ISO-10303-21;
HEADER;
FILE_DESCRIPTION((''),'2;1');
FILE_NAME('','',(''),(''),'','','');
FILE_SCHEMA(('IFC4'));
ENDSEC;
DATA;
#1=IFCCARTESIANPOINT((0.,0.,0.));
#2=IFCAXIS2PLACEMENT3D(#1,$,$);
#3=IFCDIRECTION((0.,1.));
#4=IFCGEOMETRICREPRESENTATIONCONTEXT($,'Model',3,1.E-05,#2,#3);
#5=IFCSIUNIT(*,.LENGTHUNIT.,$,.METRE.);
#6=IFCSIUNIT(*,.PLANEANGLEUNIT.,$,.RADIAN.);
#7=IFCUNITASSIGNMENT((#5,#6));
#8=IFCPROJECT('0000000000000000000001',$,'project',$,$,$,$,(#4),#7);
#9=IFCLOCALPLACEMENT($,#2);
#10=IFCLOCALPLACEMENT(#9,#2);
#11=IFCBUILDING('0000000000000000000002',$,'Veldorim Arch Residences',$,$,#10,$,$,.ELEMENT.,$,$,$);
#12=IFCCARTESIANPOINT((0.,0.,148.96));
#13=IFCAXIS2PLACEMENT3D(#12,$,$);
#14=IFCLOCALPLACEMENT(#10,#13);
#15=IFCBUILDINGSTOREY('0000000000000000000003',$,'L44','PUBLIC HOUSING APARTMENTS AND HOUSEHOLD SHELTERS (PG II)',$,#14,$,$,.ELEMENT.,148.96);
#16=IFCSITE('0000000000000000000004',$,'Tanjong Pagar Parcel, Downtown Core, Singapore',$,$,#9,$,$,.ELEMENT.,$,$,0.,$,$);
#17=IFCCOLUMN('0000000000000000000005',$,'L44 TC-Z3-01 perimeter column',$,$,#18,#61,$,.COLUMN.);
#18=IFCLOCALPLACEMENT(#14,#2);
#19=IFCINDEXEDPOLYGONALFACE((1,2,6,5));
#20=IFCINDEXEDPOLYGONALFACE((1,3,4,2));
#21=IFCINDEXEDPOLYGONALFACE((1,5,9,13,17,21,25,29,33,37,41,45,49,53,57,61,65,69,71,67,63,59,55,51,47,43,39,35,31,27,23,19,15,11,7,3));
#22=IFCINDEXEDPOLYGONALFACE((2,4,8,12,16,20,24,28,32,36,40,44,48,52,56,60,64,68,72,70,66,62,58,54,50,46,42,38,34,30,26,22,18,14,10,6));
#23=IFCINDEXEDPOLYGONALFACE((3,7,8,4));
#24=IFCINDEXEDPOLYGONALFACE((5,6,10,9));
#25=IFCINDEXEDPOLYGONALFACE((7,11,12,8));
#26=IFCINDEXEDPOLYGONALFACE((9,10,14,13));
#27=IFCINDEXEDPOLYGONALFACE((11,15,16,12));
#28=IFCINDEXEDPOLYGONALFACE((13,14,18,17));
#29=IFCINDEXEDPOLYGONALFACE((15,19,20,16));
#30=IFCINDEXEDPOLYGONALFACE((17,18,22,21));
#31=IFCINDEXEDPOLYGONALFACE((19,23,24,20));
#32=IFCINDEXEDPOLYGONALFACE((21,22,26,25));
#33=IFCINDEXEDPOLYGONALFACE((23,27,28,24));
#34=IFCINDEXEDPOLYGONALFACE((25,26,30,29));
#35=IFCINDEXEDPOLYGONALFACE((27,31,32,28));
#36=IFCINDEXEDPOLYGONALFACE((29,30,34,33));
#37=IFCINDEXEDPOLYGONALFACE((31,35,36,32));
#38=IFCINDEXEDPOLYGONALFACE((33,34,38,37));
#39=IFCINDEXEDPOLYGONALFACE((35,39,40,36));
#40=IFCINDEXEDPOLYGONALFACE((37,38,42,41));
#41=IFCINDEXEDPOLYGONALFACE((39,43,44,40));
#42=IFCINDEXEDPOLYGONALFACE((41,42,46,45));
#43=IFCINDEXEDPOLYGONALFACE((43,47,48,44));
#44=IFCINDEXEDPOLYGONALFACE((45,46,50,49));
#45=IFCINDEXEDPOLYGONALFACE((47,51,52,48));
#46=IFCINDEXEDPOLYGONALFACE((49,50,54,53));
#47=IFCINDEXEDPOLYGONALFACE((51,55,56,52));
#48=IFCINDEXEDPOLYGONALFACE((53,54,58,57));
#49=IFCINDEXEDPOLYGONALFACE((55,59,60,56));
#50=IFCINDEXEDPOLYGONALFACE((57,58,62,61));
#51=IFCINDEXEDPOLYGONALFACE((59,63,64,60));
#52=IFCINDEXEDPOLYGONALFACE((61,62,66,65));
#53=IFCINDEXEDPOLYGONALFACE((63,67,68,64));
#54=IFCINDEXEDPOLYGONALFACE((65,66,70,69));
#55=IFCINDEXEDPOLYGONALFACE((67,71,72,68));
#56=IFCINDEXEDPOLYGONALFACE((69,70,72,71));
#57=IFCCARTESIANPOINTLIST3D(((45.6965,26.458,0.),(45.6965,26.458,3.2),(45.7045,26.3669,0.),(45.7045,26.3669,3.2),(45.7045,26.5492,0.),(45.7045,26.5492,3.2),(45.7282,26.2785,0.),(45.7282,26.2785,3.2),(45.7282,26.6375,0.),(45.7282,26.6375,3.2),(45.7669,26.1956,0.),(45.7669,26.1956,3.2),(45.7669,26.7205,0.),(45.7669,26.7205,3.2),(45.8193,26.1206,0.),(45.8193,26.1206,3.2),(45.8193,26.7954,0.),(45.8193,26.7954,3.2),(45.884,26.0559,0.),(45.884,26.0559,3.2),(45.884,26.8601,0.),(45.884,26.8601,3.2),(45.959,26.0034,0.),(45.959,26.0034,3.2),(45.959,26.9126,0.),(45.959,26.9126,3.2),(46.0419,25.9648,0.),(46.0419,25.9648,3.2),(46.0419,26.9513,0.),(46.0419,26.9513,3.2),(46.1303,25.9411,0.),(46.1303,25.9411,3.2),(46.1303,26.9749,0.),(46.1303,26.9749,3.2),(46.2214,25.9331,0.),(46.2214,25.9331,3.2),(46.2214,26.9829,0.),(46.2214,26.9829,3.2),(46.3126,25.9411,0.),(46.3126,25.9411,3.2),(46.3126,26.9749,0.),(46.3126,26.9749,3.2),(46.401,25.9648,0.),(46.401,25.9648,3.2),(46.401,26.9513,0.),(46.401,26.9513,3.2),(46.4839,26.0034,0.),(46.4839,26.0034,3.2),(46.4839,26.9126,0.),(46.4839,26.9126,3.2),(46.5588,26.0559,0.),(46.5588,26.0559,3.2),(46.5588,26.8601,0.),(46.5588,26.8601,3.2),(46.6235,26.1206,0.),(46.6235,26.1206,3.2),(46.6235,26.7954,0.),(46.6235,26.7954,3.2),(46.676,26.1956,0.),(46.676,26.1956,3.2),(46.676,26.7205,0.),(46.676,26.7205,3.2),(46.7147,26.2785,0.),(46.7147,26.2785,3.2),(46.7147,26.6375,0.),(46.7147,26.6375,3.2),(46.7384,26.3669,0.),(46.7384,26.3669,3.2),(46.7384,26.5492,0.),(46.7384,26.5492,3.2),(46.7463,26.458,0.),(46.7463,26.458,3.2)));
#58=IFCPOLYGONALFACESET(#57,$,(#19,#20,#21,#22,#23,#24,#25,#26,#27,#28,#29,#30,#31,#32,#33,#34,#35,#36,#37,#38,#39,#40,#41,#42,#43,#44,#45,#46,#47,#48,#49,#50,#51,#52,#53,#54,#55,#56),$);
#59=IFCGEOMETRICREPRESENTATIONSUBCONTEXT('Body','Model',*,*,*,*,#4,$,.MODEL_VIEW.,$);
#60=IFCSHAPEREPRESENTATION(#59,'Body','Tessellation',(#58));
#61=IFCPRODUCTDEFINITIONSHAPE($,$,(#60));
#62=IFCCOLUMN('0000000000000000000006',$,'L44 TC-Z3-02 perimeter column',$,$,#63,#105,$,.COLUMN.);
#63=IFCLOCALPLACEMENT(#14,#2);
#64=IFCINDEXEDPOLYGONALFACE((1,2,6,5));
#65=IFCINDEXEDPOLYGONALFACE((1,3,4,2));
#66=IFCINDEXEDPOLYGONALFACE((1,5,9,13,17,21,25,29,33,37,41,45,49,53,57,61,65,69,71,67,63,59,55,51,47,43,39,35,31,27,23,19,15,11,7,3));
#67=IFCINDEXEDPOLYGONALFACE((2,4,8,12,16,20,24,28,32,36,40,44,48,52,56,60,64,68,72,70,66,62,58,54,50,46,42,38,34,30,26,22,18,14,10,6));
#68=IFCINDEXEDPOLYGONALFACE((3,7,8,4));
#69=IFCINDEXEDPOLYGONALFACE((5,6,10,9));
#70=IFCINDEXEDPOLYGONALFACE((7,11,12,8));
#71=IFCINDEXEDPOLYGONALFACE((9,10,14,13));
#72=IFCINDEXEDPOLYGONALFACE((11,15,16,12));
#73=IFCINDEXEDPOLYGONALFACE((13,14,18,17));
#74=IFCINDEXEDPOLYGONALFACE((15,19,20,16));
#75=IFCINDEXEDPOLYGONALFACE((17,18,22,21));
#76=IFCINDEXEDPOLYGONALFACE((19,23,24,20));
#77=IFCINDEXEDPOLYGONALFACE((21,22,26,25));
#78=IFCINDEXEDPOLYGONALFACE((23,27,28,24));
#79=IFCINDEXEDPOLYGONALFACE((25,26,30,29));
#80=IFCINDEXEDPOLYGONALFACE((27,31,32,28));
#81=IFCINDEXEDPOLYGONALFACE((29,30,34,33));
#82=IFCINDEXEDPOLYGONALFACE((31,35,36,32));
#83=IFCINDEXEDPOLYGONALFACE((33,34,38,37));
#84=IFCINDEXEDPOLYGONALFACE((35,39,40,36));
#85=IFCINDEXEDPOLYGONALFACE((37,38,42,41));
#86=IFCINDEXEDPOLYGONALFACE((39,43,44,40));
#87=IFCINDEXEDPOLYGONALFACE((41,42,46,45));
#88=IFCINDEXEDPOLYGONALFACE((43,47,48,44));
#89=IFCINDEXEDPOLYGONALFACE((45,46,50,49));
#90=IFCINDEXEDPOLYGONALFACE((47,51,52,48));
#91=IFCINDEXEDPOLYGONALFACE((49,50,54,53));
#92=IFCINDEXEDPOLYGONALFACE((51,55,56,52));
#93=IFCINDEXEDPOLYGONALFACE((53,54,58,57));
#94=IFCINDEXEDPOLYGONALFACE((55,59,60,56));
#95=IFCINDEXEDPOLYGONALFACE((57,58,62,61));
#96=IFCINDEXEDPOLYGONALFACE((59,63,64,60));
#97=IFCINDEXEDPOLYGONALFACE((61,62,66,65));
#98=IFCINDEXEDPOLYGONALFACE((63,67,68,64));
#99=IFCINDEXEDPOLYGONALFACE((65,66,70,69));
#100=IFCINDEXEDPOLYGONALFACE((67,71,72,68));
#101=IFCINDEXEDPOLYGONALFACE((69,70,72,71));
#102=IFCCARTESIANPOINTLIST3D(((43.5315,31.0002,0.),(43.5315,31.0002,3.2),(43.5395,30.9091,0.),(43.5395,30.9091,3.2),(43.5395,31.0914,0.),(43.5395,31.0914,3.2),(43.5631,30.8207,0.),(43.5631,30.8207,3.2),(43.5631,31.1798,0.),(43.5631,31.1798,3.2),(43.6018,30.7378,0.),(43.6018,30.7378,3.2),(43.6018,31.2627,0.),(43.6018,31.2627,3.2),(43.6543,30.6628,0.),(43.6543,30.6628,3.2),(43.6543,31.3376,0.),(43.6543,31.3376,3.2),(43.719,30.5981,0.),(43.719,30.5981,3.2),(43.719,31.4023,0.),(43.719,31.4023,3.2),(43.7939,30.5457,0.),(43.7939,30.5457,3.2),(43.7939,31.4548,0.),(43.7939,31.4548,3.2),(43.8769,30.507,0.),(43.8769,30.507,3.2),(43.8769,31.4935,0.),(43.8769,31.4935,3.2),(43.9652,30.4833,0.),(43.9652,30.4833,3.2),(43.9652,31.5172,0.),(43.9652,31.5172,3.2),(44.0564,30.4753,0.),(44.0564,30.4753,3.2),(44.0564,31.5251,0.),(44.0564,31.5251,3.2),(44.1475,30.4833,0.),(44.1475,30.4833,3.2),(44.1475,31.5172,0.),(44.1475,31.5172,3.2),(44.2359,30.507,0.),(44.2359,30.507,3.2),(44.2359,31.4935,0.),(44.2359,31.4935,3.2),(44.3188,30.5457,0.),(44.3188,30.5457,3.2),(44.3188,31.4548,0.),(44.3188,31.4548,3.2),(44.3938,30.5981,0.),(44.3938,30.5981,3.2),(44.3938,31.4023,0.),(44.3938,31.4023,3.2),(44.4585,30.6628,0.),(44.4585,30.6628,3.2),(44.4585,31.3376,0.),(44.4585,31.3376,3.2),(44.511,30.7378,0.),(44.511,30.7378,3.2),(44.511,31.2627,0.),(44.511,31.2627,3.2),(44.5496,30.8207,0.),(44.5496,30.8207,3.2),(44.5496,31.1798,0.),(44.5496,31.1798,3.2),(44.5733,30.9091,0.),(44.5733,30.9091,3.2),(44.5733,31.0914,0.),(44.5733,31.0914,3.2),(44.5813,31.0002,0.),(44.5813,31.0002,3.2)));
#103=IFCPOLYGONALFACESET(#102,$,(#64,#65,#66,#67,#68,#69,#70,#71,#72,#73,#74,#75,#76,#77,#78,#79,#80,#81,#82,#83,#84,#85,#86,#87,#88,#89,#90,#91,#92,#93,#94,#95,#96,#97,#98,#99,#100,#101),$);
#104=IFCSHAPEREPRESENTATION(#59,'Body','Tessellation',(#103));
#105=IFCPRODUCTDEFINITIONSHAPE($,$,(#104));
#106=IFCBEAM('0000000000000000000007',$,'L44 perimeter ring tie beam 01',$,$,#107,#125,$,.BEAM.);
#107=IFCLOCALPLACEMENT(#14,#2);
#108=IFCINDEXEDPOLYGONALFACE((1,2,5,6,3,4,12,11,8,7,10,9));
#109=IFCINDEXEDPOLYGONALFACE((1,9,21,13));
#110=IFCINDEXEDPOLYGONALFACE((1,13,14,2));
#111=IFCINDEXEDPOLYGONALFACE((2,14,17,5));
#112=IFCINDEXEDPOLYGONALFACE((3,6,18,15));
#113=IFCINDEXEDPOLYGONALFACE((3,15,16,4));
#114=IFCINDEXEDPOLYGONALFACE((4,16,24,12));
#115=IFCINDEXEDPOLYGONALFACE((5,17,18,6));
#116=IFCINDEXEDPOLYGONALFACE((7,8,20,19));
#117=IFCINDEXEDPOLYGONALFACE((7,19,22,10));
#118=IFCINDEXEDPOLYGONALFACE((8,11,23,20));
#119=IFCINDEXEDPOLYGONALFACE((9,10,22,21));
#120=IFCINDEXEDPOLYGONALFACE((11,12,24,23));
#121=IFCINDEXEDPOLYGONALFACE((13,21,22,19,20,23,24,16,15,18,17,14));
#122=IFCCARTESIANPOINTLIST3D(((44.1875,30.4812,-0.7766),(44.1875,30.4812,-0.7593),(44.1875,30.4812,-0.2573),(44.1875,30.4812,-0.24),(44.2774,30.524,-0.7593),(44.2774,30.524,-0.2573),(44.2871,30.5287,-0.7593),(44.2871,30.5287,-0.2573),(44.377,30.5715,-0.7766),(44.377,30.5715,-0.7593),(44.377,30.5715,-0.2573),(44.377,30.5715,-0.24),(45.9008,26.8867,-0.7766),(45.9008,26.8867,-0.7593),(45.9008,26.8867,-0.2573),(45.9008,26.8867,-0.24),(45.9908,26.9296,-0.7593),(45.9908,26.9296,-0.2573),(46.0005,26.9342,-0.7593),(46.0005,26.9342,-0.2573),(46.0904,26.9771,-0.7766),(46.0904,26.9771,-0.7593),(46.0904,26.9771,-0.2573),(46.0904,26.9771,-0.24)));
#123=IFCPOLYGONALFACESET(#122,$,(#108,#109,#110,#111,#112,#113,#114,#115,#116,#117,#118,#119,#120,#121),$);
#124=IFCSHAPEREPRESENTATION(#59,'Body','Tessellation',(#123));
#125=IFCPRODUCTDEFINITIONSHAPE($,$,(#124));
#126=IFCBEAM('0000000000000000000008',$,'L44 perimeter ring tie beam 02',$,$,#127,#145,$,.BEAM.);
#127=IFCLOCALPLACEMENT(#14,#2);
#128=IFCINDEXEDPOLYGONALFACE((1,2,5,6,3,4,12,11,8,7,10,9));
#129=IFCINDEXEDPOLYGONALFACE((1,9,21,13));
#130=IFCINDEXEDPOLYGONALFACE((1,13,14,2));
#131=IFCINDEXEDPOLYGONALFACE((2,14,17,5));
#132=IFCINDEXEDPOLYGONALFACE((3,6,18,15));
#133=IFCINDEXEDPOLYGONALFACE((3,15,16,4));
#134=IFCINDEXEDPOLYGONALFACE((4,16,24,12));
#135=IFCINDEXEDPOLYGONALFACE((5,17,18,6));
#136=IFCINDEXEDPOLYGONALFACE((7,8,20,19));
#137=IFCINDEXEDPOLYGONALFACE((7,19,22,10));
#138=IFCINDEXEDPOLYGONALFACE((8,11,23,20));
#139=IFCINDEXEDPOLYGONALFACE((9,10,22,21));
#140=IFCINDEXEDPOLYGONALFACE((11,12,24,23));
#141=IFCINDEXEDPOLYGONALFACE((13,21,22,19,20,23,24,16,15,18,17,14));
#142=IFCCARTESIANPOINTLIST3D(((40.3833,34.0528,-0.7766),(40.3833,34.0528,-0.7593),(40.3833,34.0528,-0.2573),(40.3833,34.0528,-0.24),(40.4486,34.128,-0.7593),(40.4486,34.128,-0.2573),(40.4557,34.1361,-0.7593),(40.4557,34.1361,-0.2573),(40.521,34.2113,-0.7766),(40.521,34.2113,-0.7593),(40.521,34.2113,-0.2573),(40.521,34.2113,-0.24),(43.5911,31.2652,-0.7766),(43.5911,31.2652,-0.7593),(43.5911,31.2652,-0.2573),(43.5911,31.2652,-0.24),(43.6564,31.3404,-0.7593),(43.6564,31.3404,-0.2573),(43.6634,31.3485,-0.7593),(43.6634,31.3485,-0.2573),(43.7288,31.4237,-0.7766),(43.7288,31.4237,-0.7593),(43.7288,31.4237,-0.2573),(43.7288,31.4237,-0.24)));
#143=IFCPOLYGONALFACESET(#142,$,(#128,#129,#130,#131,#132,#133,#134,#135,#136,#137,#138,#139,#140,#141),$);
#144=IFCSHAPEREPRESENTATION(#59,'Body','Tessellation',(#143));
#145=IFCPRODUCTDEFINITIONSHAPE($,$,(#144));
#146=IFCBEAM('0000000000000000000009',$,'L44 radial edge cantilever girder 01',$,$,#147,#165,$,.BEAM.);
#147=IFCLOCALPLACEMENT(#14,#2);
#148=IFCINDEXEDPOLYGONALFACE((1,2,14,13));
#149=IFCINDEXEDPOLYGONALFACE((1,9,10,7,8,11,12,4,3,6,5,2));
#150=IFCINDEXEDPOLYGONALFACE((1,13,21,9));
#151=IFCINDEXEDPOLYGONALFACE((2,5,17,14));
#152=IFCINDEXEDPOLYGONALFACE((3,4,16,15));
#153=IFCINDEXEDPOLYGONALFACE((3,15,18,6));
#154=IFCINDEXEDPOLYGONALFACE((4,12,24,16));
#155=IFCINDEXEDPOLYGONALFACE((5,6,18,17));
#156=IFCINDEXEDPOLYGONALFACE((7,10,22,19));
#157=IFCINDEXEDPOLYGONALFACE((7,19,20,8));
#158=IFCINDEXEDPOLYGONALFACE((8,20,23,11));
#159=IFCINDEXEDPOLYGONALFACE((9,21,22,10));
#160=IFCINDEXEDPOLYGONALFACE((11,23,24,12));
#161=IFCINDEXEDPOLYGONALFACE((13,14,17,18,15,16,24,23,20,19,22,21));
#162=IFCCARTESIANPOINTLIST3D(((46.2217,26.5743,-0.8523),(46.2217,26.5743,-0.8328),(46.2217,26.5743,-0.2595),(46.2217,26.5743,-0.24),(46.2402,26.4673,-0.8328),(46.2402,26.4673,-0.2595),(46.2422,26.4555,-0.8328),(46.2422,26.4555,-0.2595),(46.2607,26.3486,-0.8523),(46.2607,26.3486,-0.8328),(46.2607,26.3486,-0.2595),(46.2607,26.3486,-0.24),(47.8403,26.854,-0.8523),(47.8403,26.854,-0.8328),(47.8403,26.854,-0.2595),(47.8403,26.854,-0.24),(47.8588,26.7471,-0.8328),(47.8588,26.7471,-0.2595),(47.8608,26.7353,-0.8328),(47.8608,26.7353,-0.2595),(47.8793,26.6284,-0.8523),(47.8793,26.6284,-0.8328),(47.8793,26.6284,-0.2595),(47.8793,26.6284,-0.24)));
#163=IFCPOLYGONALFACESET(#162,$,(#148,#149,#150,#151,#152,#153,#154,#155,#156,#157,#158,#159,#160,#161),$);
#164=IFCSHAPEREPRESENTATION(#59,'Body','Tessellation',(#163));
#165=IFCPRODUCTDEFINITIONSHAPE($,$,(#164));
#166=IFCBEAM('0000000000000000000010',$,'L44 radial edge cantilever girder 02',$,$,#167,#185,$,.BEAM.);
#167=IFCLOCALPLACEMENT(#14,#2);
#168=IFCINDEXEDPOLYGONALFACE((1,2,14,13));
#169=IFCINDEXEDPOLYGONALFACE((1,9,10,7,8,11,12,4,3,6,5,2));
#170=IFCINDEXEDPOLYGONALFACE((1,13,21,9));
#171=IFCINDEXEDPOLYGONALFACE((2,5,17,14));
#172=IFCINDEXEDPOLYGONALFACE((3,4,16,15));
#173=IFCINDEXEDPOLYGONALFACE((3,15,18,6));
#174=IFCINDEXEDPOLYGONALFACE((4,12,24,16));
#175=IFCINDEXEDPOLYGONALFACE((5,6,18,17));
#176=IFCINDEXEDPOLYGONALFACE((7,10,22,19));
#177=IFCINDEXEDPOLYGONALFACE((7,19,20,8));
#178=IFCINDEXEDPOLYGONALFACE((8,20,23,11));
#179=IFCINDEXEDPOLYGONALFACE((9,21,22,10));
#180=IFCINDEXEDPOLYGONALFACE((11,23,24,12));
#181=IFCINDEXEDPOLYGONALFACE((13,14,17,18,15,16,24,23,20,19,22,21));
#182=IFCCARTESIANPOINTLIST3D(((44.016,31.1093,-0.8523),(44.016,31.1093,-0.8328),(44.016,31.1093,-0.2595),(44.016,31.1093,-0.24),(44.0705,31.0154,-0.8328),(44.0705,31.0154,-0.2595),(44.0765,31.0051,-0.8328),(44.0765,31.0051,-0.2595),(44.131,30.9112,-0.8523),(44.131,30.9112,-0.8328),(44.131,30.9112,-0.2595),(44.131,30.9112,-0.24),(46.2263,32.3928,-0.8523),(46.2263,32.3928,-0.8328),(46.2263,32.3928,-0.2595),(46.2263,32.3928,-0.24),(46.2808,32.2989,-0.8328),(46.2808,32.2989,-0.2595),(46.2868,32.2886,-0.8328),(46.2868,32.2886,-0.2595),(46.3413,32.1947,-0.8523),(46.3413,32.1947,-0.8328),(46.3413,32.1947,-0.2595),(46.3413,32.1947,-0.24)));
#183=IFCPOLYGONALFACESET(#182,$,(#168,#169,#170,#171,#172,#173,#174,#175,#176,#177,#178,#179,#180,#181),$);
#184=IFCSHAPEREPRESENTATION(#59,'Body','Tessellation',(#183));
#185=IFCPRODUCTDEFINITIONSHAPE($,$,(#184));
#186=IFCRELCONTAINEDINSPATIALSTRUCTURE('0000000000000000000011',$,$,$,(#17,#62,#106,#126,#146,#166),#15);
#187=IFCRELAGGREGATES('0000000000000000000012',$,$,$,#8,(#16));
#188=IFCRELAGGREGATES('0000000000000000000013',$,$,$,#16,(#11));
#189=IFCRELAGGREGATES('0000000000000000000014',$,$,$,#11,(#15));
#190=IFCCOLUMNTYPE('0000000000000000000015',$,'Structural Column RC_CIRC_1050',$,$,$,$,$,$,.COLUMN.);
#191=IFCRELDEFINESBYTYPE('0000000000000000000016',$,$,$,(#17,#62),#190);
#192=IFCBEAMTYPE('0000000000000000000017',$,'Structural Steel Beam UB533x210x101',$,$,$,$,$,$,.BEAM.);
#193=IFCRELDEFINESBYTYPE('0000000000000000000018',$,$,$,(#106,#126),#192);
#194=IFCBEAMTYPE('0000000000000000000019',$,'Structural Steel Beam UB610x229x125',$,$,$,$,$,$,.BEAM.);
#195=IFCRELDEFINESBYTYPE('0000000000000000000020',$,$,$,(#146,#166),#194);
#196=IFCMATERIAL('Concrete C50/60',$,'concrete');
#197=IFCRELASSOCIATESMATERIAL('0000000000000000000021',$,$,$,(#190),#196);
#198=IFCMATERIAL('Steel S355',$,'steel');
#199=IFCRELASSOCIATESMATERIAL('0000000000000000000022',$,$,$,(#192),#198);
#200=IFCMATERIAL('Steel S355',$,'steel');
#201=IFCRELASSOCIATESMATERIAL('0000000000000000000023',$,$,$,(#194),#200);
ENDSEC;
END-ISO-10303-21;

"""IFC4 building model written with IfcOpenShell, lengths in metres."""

from ifc_helpers import new_model, si_unit, direction, frame, origin, origin_2d, place, context, subcontext, project, spatial, circle, i_section, extrude, material, material_profile, profile_set, type_object, element, save


model = new_model("IFC4")

# Units and contexts
model_context = context("Model", 3, precision=1e-05, world=origin(), true_north=direction((0.0, 1.0)))
body_context = subcontext(model_context, "Body", "Model", "MODEL_VIEW")
ifc_project = project(units=[si_unit("LENGTHUNIT", "METRE"), si_unit("PLANEANGLEUNIT", "RADIAN")], contexts=[model_context])

# Site, building, storey
site_placement = place(None, origin())
site = spatial("IfcSite", under=ifc_project, at=site_placement, Name="Tanjong Pagar Parcel, Downtown Core, Singapore", CompositionType="ELEMENT", RefElevation=0.0)
building_placement = place(site_placement, origin())
building = spatial("IfcBuilding", under=site, at=building_placement, Name="Veldorim Arch Residences", CompositionType="ELEMENT")
storey_placement = place(building_placement, frame((0.0, 0.0, 148.96)))
storey = spatial("IfcBuildingStorey", under=building, at=storey_placement, Name="L44", Description="PUBLIC HOUSING APARTMENTS AND HOUSEHOLD SHELTERS (PG II)", CompositionType="ELEMENT", Elevation=148.96)

# Columns
ifc_material_1 = material(Name="Concrete C50/60", Category="concrete")
ifc_material_profile_1 = material_profile(ifc_material_1, circle(Radius=0.5249, at=origin_2d()), Name="RC_CIRC_1050")
ifc_profile_set_1 = profile_set([ifc_material_profile_1], Name="Concrete C50/60")
column_type = type_object("IfcColumnType", Name="Structural Column RC_CIRC_1050", PredefinedType="COLUMN", material=ifc_profile_set_1)
for number, where, z_axis, x_axis, name in (
    (1, (46.2214, 26.458, 0.0), (0.0, 0.0, 1.0), (1.0, 0.0, 0.0), "L44 TC-Z3-01 perimeter column"),
    (2, (44.0564, 31.0002, 0.0), (0.0, 0.0, 1.0), (1.0, 0.0, 0.0), "L44 TC-Z3-02 perimeter column"),
):
    element("IfcColumn", number, at=place(storey_placement, frame(where, z_axis=z_axis, x_axis=x_axis)), inside=storey, type_object=column_type, Name=name, PredefinedType="COLUMN", context=body_context, shape_type="SweptSolid", body=[
        extrude(circle(Radius=0.5249, at=origin_2d()), origin(), (0.0, 0.0, 1.0), 3.2),
    ])

# Beams
ifc_material_2 = material(Name="Steel S355", Category="steel")
ifc_material_profile_2 = material_profile(ifc_material_2, i_section(OverallWidth=0.21, OverallDepth=0.5366, WebThickness=0.0107, FlangeThickness=0.0173, at=origin_2d()), Name="UB533x210x101")
ifc_profile_set_2 = profile_set([ifc_material_profile_2], Name="Steel S355")
beam_type_1 = type_object("IfcBeamType", Name="Structural Steel Beam UB533x210x101", PredefinedType="BEAM", material=ifc_profile_set_2)
beam_1_placement = place(storey_placement, frame((45.9956, 26.9319, -0.5083), z_axis=(-0.430286, 0.902693, 0.0), x_axis=(-0.902693, -0.430286, 0.0)))
element("IfcBeam", 3, at=beam_1_placement, inside=storey, type_object=beam_type_1, Name="L44 perimeter ring tie beam 01", PredefinedType="BEAM", context=body_context, shape_type="SweptSolid", body=[
    extrude(i_section(OverallWidth=0.21, OverallDepth=0.5366, WebThickness=0.0107, FlangeThickness=0.0173, at=origin_2d()), origin(), (0.0, 0.0, 1.0), 3.9819),
])
beam_2_placement = place(storey_placement, frame((43.6599, 31.3445, -0.5083), z_axis=(-0.754811, 0.655943, 0.0), x_axis=(-0.655943, -0.754811, 0.0)))
element("IfcBeam", 4, at=beam_2_placement, inside=storey, type_object=beam_type_1, Name="L44 perimeter ring tie beam 02", PredefinedType="BEAM", context=body_context, shape_type="SweptSolid", body=[
    extrude(i_section(OverallWidth=0.21, OverallDepth=0.5366, WebThickness=0.0107, FlangeThickness=0.0173, at=origin_2d()), origin(), (0.0, 0.0, 1.0), 4.2498),
])
ifc_material_3 = material(Name="Steel S355", Category="steel")
ifc_material_profile_3 = material_profile(ifc_material_3, i_section(OverallWidth=0.229, OverallDepth=0.6123, WebThickness=0.012, FlangeThickness=0.0195, at=origin_2d()), Name="UB610x229x125")
ifc_profile_set_3 = profile_set([ifc_material_profile_3], Name="Steel S355")
beam_type_2 = type_object("IfcBeamType", Name="Structural Steel Beam UB610x229x125", PredefinedType="BEAM", material=ifc_profile_set_3)
beam_3_placement = place(storey_placement, frame((46.2412, 26.4614, -0.5461), z_axis=(0.985388, 0.170325, 0.0), x_axis=(-0.170325, 0.985388, 0.0)))
element("IfcBeam", 5, at=beam_3_placement, inside=storey, type_object=beam_type_2, Name="L44 radial edge cantilever girder 01", PredefinedType="BEAM", context=body_context, shape_type="SweptSolid", body=[
    extrude(i_section(OverallWidth=0.229, OverallDepth=0.6123, WebThickness=0.012, FlangeThickness=0.0195, at=origin_2d()), origin(), (0.0, 0.0, 1.0), 1.6426),
])
beam_4_placement = place(storey_placement, frame((44.0735, 31.0103, -0.5461), z_axis=(0.864772, 0.502165, 0.0), x_axis=(-0.502165, 0.864772, 0.0)))
element("IfcBeam", 6, at=beam_4_placement, inside=storey, type_object=beam_type_2, Name="L44 radial edge cantilever girder 02", PredefinedType="BEAM", context=body_context, shape_type="SweptSolid", body=[
    extrude(i_section(OverallWidth=0.229, OverallDepth=0.6123, WebThickness=0.012, FlangeThickness=0.0195, at=origin_2d()), origin(), (0.0, 0.0, 1.0), 2.5559),
])

save(model, "model.ifc")
